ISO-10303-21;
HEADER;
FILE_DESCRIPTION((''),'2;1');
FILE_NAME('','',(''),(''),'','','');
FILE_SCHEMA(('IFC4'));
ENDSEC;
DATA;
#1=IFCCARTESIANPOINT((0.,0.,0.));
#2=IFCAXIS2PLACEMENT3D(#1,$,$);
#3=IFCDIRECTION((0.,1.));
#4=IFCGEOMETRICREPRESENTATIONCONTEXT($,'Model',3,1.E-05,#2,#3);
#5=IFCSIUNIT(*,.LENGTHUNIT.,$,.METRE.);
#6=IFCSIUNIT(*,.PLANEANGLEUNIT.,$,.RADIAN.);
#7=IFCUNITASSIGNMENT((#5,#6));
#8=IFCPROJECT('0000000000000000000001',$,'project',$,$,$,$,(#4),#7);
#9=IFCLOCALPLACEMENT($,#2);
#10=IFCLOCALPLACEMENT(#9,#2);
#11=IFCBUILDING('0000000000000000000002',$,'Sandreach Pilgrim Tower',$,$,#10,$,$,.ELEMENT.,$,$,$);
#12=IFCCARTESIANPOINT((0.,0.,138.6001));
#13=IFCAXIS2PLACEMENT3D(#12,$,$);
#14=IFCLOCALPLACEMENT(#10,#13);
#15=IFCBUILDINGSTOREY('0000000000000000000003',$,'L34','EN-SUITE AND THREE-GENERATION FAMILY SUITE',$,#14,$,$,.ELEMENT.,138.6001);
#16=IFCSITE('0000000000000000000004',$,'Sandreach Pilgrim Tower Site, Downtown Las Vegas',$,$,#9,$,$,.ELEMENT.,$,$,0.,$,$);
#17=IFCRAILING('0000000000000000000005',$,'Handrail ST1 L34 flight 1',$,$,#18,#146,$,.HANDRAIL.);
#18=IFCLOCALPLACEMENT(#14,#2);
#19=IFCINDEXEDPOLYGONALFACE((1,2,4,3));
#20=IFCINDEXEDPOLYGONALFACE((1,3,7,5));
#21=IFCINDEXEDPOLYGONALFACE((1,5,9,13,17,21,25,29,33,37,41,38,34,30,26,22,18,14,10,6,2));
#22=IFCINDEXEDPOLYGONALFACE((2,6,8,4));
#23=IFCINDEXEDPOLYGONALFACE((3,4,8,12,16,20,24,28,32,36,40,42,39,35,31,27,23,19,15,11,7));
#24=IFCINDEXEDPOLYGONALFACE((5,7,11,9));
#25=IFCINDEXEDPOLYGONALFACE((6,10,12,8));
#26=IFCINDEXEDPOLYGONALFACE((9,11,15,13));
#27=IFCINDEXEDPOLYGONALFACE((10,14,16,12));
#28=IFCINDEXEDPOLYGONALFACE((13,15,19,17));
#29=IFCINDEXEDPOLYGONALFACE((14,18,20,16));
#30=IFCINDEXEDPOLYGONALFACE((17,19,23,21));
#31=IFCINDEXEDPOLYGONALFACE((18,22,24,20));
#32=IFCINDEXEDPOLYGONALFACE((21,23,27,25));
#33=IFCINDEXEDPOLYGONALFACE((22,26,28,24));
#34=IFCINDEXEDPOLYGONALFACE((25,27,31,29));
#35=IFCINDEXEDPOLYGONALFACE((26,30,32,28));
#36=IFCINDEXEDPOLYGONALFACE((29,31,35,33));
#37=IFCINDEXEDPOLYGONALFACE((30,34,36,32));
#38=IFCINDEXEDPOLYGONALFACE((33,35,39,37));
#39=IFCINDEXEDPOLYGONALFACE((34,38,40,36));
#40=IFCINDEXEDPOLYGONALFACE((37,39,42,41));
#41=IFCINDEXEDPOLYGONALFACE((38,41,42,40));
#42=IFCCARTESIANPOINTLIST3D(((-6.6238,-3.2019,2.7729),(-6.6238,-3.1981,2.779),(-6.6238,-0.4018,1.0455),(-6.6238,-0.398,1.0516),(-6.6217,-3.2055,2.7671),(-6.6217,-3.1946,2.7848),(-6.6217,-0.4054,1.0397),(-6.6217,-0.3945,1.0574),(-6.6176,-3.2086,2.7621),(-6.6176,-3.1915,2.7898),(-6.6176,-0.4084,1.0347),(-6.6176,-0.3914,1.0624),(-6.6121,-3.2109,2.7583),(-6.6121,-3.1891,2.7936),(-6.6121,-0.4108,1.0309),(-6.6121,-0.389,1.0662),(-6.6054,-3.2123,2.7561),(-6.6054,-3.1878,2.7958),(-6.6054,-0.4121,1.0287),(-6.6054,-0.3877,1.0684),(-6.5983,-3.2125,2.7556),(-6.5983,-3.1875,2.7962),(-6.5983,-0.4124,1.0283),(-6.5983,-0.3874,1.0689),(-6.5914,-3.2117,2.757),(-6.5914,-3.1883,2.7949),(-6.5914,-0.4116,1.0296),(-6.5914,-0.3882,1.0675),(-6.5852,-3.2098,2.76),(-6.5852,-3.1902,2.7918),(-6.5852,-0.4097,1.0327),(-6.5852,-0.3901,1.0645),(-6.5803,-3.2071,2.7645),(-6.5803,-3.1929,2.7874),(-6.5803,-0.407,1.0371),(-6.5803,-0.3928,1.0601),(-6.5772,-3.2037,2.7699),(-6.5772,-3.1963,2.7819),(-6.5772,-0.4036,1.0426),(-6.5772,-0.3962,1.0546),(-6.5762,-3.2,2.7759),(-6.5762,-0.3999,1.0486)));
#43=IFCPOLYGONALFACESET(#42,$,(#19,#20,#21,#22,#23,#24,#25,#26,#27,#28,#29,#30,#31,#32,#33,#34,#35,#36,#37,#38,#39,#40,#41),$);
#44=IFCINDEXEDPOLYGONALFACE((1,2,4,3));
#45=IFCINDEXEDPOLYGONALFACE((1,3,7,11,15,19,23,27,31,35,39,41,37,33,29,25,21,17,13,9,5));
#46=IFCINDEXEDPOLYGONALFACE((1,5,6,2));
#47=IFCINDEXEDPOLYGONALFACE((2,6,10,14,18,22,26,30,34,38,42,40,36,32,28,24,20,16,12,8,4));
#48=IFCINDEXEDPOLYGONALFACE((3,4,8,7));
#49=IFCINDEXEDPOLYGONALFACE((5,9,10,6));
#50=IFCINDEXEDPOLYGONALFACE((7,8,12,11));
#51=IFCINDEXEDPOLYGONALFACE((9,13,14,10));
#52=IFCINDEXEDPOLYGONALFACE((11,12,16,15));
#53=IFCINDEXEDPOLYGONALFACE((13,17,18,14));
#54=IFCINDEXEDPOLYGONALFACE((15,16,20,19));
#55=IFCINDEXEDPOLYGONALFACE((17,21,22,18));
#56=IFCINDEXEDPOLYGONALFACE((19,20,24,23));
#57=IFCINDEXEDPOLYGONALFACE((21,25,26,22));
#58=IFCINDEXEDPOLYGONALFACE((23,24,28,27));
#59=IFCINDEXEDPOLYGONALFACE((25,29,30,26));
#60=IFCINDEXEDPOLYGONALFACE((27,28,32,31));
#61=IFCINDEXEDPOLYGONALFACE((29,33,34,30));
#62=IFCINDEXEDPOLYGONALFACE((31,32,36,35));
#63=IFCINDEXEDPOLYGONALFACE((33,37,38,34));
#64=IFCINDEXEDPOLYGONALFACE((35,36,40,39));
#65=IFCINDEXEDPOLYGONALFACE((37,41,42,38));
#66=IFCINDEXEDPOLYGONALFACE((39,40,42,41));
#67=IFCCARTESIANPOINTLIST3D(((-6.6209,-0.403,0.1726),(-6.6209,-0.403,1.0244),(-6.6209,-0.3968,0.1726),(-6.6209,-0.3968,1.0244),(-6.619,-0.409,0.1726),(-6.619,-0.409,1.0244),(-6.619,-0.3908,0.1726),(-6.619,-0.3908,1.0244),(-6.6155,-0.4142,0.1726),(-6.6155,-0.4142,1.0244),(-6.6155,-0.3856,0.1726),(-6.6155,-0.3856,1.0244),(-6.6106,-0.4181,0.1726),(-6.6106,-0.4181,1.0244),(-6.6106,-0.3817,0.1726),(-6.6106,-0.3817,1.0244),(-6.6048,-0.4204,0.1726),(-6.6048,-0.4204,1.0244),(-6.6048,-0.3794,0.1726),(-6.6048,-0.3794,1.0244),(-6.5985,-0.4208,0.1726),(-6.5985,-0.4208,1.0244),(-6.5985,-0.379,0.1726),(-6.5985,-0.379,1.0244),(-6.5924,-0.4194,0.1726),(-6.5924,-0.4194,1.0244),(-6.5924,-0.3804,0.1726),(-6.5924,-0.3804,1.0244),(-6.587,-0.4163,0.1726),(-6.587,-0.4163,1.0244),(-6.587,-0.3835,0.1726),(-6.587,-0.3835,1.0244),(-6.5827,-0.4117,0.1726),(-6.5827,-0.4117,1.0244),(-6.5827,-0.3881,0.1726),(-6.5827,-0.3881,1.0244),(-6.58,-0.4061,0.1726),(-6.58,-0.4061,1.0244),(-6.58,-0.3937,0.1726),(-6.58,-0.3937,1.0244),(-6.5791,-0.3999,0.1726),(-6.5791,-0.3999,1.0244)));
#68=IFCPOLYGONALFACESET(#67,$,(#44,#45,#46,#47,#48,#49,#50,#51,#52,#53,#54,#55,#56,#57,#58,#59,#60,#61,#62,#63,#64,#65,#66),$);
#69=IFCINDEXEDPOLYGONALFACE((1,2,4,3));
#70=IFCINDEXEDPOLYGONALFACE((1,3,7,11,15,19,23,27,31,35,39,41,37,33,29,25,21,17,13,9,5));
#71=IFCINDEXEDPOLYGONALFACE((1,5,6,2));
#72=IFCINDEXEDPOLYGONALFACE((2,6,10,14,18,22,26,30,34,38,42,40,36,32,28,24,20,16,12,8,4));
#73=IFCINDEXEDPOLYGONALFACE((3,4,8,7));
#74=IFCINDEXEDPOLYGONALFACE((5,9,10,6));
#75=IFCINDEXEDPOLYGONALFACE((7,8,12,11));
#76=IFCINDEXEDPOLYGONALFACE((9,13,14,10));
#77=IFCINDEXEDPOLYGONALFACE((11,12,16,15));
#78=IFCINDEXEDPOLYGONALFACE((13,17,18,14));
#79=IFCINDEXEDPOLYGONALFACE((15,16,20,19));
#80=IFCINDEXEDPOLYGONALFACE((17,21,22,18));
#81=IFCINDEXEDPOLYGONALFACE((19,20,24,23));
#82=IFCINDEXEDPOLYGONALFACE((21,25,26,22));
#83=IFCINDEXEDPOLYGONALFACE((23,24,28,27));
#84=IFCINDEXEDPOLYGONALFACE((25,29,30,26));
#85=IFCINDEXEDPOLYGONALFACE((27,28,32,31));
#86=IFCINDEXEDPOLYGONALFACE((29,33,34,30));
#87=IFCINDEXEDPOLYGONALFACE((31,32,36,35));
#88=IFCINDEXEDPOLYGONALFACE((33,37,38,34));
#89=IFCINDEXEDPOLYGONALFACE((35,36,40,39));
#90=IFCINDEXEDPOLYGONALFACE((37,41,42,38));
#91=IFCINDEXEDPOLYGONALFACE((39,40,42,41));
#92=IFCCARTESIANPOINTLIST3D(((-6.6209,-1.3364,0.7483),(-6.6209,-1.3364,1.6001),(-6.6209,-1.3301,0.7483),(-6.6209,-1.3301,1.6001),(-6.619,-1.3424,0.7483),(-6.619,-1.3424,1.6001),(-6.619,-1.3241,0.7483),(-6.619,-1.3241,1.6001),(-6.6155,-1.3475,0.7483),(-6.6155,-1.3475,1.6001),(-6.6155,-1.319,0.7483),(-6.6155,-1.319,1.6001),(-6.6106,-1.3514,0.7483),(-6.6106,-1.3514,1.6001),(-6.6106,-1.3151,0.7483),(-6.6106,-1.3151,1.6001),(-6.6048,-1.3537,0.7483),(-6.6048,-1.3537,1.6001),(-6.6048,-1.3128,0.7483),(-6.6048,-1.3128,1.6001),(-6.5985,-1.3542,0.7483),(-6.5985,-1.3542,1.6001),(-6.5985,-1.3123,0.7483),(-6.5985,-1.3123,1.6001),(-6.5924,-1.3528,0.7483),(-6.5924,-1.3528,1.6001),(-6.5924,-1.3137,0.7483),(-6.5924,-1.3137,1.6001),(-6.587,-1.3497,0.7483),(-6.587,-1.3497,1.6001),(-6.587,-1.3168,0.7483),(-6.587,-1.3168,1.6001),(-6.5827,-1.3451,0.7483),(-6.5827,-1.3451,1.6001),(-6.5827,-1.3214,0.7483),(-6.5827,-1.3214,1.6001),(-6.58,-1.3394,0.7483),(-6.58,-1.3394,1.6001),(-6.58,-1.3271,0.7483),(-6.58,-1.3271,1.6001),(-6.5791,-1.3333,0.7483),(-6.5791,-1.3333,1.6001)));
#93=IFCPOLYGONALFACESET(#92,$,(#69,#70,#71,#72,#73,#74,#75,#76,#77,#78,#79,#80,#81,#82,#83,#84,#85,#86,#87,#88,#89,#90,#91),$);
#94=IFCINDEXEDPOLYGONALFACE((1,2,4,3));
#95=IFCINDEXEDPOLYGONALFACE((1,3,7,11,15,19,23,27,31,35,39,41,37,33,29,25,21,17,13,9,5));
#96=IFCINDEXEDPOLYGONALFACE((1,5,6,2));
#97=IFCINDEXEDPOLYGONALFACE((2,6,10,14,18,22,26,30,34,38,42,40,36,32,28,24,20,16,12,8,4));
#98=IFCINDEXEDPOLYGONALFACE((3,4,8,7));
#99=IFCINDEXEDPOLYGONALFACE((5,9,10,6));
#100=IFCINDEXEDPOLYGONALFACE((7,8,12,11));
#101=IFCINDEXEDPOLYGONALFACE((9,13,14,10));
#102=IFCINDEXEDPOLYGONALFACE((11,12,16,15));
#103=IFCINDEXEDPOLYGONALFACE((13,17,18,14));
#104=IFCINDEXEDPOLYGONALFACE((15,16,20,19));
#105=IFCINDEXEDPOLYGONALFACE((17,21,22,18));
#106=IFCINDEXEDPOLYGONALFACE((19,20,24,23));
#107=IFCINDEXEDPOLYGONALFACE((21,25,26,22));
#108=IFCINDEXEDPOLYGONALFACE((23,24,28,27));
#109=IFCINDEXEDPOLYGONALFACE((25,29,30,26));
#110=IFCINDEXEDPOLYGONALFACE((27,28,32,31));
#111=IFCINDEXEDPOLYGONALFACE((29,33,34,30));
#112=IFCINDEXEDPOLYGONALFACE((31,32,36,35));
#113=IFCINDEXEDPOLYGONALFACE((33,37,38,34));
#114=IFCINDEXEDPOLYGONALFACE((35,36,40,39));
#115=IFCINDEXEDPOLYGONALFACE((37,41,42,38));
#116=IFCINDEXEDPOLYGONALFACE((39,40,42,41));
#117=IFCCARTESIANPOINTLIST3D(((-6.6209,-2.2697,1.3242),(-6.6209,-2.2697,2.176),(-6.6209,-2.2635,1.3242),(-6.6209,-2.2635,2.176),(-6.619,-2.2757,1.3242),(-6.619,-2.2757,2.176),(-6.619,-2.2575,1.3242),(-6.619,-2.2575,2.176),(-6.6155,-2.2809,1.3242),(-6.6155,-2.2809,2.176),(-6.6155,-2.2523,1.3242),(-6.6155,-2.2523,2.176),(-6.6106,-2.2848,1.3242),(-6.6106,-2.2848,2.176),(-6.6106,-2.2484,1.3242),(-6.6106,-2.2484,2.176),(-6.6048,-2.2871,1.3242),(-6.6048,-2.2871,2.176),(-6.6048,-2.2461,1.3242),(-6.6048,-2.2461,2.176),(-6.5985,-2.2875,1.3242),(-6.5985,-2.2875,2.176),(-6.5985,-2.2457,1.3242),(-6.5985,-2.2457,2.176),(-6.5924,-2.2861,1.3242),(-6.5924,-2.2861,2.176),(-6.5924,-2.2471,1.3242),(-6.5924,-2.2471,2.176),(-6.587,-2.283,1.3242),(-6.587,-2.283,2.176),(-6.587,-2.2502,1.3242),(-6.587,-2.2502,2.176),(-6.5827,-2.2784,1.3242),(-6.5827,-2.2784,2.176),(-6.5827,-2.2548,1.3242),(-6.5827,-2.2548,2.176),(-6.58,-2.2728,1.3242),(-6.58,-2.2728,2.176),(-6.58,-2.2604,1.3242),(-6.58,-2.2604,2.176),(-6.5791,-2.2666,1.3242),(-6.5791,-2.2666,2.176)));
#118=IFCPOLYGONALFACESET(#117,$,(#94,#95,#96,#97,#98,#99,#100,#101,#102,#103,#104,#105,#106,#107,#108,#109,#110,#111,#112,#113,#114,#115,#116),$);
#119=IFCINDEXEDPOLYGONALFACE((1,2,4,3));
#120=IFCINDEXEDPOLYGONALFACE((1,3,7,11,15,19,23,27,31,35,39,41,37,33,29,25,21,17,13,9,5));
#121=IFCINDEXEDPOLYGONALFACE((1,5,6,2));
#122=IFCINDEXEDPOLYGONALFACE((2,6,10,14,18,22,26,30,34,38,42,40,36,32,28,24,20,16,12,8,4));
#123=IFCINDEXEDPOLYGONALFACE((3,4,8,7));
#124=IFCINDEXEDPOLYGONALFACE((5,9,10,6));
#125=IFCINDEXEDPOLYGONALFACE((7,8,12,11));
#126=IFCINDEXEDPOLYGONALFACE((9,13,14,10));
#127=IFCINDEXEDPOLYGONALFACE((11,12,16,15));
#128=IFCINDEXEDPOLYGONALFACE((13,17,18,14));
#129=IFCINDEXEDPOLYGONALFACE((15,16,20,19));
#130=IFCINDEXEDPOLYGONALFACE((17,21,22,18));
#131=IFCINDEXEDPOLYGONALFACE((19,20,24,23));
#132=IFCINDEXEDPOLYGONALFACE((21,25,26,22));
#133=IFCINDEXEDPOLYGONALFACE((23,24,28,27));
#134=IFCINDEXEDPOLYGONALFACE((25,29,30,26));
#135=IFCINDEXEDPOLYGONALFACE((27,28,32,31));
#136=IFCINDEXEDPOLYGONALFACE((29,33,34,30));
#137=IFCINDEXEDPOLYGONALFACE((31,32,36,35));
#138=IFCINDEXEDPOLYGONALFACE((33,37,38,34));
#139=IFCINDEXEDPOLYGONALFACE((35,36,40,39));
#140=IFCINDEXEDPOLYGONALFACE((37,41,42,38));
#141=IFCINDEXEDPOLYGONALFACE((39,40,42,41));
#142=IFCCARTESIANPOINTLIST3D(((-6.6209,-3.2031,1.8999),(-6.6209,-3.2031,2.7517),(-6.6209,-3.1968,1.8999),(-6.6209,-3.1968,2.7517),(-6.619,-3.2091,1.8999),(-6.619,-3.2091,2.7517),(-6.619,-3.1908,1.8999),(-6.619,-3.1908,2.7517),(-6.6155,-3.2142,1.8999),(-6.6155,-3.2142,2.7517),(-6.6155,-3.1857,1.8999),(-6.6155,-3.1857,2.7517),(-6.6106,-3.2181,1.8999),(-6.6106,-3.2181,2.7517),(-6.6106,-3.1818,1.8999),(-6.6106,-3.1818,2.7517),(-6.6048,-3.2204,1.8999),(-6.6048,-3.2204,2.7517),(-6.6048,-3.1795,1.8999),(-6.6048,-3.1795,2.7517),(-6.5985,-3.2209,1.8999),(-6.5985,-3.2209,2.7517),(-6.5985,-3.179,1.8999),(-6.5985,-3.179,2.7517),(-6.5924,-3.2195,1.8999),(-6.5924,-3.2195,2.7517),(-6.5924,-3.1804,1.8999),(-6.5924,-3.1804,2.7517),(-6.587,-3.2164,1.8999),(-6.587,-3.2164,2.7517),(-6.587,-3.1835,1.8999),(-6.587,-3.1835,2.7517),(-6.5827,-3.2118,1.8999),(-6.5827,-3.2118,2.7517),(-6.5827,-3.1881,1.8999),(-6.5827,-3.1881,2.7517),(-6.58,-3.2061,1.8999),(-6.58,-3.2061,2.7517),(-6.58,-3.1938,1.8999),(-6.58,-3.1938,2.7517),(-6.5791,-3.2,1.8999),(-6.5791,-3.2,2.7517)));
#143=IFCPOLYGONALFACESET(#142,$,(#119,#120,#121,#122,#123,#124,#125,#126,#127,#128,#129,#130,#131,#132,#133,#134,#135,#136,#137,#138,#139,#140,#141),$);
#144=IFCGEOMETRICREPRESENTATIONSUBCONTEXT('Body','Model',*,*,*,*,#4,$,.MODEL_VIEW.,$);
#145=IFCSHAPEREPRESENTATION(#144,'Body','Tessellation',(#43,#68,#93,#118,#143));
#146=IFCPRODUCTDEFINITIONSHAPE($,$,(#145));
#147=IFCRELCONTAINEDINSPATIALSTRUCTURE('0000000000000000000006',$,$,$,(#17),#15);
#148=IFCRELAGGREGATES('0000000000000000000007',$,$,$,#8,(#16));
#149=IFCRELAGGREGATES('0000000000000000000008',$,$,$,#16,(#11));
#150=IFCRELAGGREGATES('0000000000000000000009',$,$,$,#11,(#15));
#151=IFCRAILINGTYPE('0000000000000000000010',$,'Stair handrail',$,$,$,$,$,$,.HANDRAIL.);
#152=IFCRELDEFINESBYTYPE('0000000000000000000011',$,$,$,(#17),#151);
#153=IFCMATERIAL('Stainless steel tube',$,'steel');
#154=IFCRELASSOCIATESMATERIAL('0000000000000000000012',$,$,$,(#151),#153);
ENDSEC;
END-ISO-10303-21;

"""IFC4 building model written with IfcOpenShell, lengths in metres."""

from ifc_helpers import new_model, si_unit, direction, frame, origin, origin_2d, place, context, subcontext, project, spatial, circle, extrude, material, type_object, element, save


model = new_model("IFC4")

# Units and contexts
model_context = context("Model", 3, precision=1e-05, world=origin(), true_north=direction((0.0, 1.0)))
body_context = subcontext(model_context, "Body", "Model", "MODEL_VIEW")
ifc_project = project(units=[si_unit("LENGTHUNIT", "METRE"), si_unit("PLANEANGLEUNIT", "RADIAN")], contexts=[model_context])

# Site, building, storey
site_placement = place(None, origin())
site = spatial("IfcSite", under=ifc_project, at=site_placement, Name="Sandreach Pilgrim Tower Site, Downtown Las Vegas", CompositionType="ELEMENT", RefElevation=0.0)
building_placement = place(site_placement, origin())
building = spatial("IfcBuilding", under=site, at=building_placement, Name="Sandreach Pilgrim Tower", CompositionType="ELEMENT")
storey_placement = place(building_placement, frame((0.0, 0.0, 138.6001)))
storey = spatial("IfcBuildingStorey", under=building, at=storey_placement, Name="L34", Description="EN-SUITE AND THREE-GENERATION FAMILY SUITE", CompositionType="ELEMENT", Elevation=138.6001)

# Railing
ifc_material_1 = material(Name="Stainless steel tube", Category="steel")
railing_type = type_object("IfcRailingType", Name="Stair handrail", PredefinedType="HANDRAIL", material=ifc_material_1)
for number, where, name in (
    (1, (-6.6001, -0.3999, 0.1726), "Handrail ST1 L34 flight 1"),
):
    element("IfcRailing", number, at=place(storey_placement, frame(where)), inside=storey, type_object=railing_type, Name=name, PredefinedType="HANDRAIL", context=body_context, shape_type="SweptSolid", body=[
        extrude(circle(Radius=0.0239, at=origin_2d()), frame((0.0, 0.0, 0.876), z_axis=(0.0, -0.85109, 0.52502), x_axis=(1.0, 0.0, 0.0)), (0.0, 0.0, 1.0), 3.29),
        extrude(circle(Radius=0.021, at=origin_2d()), origin(), (0.0, 0.0, 1.0), 0.8518),
        extrude(circle(Radius=0.021, at=origin_2d()), frame((0.0, -0.9333, 0.5757)), (0.0, 0.0, 1.0), 0.8518),
        extrude(circle(Radius=0.021, at=origin_2d()), frame((0.0, -1.8667, 1.1516)), (0.0, 0.0, 1.0), 0.8518),
        extrude(circle(Radius=0.021, at=origin_2d()), frame((0.0, -2.8, 1.7273)), (0.0, 0.0, 1.0), 0.8518),
    ])

save(model, "model.ifc")
